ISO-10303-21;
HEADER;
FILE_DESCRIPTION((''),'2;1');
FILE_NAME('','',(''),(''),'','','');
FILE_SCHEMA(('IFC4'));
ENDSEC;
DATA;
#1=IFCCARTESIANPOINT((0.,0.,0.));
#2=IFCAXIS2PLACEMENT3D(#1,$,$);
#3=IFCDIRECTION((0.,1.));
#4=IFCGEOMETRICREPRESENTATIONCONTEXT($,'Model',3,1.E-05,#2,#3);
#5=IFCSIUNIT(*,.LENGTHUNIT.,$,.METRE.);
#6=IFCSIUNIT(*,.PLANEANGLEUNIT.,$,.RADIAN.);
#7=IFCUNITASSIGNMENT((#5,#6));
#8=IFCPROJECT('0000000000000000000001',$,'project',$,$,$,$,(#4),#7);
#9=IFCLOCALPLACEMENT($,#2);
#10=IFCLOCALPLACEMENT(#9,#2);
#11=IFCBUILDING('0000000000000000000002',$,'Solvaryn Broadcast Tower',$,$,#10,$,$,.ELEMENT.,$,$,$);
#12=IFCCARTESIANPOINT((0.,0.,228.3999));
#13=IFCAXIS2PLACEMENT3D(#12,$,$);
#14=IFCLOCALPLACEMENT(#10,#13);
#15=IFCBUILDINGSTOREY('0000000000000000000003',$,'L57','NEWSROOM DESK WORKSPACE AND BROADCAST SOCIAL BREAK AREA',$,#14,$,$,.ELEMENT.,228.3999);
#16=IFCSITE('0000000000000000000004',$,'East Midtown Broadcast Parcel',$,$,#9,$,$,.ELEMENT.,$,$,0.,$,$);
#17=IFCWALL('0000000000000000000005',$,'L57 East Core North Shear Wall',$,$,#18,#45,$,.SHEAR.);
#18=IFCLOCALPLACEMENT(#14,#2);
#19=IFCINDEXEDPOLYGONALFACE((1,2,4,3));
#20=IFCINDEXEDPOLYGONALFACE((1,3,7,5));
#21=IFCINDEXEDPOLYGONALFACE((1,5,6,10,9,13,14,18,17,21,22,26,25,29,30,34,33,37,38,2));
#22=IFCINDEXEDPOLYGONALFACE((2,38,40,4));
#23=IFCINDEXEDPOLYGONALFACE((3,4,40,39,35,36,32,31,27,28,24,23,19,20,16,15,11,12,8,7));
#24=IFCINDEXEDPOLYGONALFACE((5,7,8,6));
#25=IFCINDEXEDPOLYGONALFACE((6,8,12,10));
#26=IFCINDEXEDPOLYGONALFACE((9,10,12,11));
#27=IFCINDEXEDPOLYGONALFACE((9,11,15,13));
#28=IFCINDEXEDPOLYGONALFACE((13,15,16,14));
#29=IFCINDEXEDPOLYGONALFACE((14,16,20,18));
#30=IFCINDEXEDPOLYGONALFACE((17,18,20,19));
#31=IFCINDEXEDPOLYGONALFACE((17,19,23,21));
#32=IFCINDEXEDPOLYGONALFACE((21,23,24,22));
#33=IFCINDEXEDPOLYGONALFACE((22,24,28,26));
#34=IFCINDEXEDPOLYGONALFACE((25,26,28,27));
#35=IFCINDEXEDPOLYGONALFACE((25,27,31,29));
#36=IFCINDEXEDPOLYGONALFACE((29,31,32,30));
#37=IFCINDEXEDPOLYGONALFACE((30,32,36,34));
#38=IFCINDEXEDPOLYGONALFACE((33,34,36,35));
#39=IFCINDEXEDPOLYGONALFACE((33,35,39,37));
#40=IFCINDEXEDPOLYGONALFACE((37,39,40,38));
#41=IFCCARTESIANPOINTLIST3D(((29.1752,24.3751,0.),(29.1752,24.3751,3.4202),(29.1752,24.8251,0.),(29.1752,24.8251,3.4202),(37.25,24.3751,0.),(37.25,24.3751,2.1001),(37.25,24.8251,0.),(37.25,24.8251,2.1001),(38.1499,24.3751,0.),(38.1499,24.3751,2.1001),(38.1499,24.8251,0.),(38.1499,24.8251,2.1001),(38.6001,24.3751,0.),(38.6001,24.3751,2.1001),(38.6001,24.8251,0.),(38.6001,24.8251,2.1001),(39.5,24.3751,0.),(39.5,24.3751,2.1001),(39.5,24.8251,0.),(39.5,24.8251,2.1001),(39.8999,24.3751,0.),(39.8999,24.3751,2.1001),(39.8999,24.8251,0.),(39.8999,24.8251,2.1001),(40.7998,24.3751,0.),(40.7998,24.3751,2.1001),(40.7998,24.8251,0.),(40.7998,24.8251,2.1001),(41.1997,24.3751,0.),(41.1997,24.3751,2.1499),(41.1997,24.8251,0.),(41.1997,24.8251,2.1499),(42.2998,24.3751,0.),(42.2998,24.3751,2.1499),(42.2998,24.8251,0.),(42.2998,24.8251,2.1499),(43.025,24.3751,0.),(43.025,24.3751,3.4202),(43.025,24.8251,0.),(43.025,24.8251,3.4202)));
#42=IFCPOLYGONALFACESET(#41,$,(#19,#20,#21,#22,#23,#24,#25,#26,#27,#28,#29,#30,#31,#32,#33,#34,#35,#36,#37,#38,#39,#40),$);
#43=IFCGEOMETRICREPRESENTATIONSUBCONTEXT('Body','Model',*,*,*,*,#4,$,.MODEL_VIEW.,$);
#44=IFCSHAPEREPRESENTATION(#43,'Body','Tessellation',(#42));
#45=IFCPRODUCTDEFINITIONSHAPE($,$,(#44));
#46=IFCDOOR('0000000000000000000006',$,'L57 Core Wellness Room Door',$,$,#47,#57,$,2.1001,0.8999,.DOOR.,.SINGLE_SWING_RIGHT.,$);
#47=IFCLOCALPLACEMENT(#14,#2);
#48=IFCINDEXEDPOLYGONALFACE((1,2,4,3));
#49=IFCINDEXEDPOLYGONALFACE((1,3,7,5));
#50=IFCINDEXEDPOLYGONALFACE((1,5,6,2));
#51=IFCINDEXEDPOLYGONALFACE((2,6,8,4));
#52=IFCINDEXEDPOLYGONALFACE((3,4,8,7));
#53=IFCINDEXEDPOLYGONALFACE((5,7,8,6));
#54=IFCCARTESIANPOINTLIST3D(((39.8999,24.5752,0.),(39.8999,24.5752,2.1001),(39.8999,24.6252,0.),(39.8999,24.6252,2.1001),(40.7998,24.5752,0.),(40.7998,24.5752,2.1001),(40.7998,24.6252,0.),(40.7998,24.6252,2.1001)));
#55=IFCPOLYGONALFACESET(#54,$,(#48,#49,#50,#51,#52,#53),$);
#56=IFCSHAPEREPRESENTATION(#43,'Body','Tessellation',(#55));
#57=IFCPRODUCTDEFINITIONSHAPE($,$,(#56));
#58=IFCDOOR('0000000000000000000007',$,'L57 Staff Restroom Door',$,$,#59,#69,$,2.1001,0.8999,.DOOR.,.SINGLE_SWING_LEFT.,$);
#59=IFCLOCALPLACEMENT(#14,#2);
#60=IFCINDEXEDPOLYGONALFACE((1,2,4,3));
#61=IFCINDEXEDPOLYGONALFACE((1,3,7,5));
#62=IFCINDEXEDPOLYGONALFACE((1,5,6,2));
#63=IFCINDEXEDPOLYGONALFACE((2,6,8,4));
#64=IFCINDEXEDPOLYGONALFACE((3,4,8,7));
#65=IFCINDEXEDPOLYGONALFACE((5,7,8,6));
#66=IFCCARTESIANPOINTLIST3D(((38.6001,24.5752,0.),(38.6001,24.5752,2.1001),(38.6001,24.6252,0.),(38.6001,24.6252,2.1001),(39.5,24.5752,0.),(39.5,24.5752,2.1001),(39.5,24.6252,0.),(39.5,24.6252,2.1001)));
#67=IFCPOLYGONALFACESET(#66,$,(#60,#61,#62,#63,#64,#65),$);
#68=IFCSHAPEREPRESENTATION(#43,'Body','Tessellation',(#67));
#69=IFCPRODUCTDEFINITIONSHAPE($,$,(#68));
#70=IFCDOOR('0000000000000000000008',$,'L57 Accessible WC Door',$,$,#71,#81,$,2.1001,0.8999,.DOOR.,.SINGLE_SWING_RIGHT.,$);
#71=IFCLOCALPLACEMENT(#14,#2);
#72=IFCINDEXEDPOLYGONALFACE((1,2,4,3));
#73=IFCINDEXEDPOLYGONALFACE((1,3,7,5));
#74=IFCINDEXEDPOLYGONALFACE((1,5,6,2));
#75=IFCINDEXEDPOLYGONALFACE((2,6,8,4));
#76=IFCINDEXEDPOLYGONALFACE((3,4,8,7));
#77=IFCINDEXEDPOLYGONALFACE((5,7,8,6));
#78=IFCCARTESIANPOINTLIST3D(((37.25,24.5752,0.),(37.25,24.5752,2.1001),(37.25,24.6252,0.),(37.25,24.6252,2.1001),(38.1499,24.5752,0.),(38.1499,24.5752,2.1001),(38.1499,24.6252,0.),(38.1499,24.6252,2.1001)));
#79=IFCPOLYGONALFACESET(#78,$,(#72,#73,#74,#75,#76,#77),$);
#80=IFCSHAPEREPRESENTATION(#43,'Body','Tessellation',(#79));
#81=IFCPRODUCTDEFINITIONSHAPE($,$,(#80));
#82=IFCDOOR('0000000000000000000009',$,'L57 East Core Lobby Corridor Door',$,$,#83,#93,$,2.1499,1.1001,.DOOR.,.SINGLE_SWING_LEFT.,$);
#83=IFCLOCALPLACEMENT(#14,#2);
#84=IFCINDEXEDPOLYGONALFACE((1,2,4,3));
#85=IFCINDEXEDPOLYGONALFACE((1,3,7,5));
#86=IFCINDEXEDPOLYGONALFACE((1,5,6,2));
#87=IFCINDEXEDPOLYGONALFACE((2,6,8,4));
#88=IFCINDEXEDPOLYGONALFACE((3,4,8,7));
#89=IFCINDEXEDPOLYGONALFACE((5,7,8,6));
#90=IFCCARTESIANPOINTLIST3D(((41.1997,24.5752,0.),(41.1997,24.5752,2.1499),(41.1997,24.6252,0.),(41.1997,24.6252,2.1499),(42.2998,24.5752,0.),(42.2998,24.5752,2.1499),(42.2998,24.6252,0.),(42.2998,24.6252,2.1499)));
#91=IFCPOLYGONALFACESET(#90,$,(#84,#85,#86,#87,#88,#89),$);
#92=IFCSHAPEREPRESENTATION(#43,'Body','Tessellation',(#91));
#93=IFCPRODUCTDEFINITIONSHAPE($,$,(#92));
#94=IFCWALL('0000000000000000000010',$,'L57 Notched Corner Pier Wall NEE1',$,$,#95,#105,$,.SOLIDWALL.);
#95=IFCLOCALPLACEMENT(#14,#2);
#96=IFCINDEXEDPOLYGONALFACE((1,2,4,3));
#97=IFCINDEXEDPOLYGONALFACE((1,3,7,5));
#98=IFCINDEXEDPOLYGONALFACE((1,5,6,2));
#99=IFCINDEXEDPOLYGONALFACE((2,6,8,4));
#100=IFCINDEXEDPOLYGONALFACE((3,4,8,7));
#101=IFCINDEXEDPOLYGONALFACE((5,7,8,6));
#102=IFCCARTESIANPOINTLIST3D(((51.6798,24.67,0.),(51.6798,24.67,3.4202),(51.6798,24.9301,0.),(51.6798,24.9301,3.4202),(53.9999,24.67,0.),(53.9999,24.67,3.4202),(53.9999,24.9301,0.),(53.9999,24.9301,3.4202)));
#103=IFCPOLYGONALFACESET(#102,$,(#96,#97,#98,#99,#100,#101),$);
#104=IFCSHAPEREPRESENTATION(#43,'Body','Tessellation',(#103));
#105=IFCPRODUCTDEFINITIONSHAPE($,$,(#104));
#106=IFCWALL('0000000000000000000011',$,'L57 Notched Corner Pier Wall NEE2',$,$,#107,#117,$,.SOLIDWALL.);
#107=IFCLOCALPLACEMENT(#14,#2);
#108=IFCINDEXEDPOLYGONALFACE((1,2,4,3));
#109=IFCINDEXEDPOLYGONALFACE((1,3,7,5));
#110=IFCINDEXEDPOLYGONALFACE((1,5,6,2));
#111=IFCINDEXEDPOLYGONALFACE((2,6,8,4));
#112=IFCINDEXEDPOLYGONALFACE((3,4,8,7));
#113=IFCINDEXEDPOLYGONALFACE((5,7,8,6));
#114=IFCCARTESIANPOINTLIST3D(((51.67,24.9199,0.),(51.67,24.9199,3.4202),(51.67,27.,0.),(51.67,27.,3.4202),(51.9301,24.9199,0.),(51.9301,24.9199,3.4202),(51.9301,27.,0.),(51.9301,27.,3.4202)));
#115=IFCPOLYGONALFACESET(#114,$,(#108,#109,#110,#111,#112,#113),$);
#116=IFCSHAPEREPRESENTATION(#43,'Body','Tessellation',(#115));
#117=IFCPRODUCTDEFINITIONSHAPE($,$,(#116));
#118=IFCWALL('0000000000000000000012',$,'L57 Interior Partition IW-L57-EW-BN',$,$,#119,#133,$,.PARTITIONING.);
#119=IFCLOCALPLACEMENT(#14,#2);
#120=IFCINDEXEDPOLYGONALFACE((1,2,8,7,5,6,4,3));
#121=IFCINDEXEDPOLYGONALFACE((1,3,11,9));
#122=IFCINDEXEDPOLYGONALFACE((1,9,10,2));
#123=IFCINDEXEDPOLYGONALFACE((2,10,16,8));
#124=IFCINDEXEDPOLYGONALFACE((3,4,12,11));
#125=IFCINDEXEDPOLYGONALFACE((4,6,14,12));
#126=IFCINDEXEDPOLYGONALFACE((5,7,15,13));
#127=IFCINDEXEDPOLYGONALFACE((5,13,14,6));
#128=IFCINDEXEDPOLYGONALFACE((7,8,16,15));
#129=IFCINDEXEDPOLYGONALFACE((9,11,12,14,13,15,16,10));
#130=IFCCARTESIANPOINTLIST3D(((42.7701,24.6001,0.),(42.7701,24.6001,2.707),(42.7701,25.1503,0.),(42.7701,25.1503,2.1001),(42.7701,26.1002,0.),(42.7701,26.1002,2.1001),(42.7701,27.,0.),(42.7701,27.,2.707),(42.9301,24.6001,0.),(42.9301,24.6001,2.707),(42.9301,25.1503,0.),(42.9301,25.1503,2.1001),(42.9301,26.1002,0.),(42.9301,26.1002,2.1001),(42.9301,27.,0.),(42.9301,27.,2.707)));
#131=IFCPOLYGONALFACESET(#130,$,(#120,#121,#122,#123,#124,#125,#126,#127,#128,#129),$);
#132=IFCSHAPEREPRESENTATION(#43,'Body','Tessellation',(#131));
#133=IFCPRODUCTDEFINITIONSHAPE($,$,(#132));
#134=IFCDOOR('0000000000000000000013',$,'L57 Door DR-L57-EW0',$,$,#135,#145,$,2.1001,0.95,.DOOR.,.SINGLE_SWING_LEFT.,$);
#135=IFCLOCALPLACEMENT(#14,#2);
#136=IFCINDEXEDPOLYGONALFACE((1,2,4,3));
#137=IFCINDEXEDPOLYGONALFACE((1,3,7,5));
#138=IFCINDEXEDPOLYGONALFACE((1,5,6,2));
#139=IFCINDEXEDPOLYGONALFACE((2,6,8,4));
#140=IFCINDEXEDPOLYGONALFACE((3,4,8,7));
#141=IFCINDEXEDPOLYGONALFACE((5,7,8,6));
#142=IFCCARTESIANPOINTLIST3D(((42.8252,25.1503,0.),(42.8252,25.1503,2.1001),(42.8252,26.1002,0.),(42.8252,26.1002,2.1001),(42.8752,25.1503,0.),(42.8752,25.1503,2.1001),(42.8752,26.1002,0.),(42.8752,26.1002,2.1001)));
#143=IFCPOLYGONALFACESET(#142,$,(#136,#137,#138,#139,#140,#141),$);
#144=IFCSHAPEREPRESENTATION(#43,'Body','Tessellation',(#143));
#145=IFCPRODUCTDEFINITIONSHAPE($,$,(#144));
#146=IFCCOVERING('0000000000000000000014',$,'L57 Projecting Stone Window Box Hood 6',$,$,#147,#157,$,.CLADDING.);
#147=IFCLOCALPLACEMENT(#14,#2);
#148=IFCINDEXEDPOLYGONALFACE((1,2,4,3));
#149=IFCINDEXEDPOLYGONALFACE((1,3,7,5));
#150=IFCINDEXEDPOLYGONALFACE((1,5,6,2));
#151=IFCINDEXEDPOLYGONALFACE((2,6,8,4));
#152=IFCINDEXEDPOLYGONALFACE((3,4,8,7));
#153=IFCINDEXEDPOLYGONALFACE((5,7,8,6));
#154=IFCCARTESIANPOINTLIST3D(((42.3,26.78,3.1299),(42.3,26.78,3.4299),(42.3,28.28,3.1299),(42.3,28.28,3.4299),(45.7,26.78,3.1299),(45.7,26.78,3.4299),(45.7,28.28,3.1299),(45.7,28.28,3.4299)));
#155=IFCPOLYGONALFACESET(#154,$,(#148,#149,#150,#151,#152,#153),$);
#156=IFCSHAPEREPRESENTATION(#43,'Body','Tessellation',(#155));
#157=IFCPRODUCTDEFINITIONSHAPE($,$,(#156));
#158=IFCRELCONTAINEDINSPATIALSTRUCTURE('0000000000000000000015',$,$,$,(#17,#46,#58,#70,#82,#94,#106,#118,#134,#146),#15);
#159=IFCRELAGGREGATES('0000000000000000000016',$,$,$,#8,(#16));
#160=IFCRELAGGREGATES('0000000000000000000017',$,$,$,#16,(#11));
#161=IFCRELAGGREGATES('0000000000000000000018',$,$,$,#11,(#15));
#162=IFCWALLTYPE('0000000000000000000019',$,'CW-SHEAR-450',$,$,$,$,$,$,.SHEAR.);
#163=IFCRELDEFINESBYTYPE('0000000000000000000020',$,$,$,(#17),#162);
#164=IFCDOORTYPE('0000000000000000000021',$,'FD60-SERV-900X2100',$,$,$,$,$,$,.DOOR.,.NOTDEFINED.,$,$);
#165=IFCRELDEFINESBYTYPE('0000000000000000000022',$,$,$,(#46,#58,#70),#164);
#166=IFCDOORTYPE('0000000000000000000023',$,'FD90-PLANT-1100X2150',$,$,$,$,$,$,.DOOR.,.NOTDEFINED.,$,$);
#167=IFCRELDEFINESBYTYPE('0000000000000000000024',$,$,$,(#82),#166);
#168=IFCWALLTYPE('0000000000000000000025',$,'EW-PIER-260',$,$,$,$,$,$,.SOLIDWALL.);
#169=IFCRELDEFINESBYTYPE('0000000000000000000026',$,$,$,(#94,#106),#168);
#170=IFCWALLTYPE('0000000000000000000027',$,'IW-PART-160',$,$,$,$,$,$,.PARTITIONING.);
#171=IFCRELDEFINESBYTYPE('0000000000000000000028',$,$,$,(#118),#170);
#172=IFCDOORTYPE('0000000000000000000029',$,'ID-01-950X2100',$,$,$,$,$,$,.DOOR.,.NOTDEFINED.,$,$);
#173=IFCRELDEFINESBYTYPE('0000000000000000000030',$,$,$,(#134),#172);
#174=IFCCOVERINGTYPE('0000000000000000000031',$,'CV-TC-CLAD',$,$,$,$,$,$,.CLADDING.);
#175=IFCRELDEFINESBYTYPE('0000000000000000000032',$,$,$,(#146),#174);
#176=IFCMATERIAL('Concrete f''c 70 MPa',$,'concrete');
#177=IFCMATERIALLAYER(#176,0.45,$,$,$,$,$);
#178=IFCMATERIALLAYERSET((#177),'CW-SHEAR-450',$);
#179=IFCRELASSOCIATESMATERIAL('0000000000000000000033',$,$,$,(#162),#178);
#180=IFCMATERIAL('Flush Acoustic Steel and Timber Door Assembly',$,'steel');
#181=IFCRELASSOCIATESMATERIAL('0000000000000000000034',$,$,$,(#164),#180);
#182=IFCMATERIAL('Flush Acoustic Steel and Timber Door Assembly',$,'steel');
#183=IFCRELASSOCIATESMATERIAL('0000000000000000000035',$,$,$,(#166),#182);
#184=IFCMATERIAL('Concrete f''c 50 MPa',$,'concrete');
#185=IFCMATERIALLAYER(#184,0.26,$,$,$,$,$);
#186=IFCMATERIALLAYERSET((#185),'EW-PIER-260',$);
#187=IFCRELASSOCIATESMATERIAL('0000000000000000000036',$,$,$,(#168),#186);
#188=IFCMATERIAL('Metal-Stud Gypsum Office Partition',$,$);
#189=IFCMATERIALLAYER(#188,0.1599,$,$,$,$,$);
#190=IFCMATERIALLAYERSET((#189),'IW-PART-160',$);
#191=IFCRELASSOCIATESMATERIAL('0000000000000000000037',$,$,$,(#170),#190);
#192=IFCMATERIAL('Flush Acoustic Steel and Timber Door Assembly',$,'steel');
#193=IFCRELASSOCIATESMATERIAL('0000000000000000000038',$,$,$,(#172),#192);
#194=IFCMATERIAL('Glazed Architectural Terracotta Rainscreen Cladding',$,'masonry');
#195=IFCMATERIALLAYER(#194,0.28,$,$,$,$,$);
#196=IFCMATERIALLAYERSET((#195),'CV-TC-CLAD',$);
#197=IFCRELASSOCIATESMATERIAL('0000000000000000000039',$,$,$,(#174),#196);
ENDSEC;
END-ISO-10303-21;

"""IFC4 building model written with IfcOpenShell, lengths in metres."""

from ifc_helpers import new_model, si_unit, direction, frame, frame_2d, origin, origin_2d, place, context, subcontext, project, spatial, rectangle, extrude, material, layer, layer_set, type_object, element, fill, save


model = new_model("IFC4")

# Units and contexts
model_context = context("Model", 3, precision=1e-05, world=origin(), true_north=direction((0.0, 1.0)))
body_context = subcontext(model_context, "Body", "Model", "MODEL_VIEW")
ifc_project = project(units=[si_unit("LENGTHUNIT", "METRE"), si_unit("PLANEANGLEUNIT", "RADIAN")], contexts=[model_context])

# Site, building, storey
site_placement = place(None, origin())
site = spatial("IfcSite", under=ifc_project, at=site_placement, Name="East Midtown Broadcast Parcel", CompositionType="ELEMENT", RefElevation=0.0)
building_placement = place(site_placement, origin())
building = spatial("IfcBuilding", under=site, at=building_placement, Name="Solvaryn Broadcast Tower", CompositionType="ELEMENT")
storey_placement = place(building_placement, frame((0.0, 0.0, 228.3999)))
storey = spatial("IfcBuildingStorey", under=building, at=storey_placement, Name="L57", Description="NEWSROOM DESK WORKSPACE AND BROADCAST SOCIAL BREAK AREA", CompositionType="ELEMENT", Elevation=228.3999)

# Wall, openings, doors
ifc_material_1 = material(Name="Concrete f'c 70 MPa", Category="concrete")
ifc_layer_1 = layer(ifc_material_1, 0.45)
ifc_layer_set_1 = layer_set([ifc_layer_1], Name="CW-SHEAR-450")
wall_type_1 = type_object("IfcWallType", Name="CW-SHEAR-450", PredefinedType="SHEAR", material=ifc_layer_set_1)
wall_1_placement = place(storey_placement, frame((43.0249, 24.6001, 0.0), z_axis=(0.0, 0.0, 1.0), x_axis=(-1.0, 0.0, 0.0)))
wall_1 = element("IfcWall", 1, at=wall_1_placement, inside=storey, type_object=wall_type_1, Name="L57 East Core North Shear Wall", PredefinedType="SHEAR", context=body_context, shape_type="SweptSolid", body=[
    extrude(rectangle(XDim=13.8499, YDim=0.45, at=frame_2d((6.9248, 0.0))), origin(), (0.0, 0.0, 1.0), 3.4202),
])
opening_1_placement = place(wall_1_placement, frame((0.7251, 0.0, 0.0)))
opening_1 = element("IfcOpeningElement", 2, at=opening_1_placement, cuts=wall_1, PredefinedType="OPENING", context=body_context, shape_type="SweptSolid", body=[
    extrude(rectangle(XDim=1.1001, YDim=2.1499, at=frame_2d((0.55, 1.075))), frame((0.0, 0.2351, 0.0), z_axis=(0.0, -1.0, 0.0), x_axis=(1.0, 0.0, 0.0)), (0.0, 0.0, 1.0), 0.47),
])
opening_2_placement = place(wall_1_placement, frame((2.2251, 0.0, 0.0)))
opening_2 = element("IfcOpeningElement", 3, at=opening_2_placement, cuts=wall_1, PredefinedType="OPENING", context=body_context, shape_type="SweptSolid", body=[
    extrude(rectangle(XDim=0.8999, YDim=2.1001, at=frame_2d((0.45, 1.05))), frame((0.0, 0.2351, 0.0), z_axis=(0.0, -1.0, 0.0), x_axis=(1.0, 0.0, 0.0)), (0.0, 0.0, 1.0), 0.47),
])
opening_3_placement = place(wall_1_placement, frame((3.5249, 0.0, 0.0)))
opening_3 = element("IfcOpeningElement", 4, at=opening_3_placement, cuts=wall_1, PredefinedType="OPENING", context=body_context, shape_type="SweptSolid", body=[
    extrude(rectangle(XDim=0.8999, YDim=2.1001, at=frame_2d((0.45, 1.05))), frame((0.0, 0.2351, 0.0), z_axis=(0.0, -1.0, 0.0), x_axis=(1.0, 0.0, 0.0)), (0.0, 0.0, 1.0), 0.47),
])
opening_4_placement = place(wall_1_placement, frame((4.875, 0.0, 0.0)))
opening_4 = element("IfcOpeningElement", 5, at=opening_4_placement, cuts=wall_1, PredefinedType="OPENING", context=body_context, shape_type="SweptSolid", body=[
    extrude(rectangle(XDim=0.8999, YDim=2.1001, at=frame_2d((0.45, 1.05))), frame((0.0, 0.2351, 0.0), z_axis=(0.0, -1.0, 0.0), x_axis=(1.0, 0.0, 0.0)), (0.0, 0.0, 1.0), 0.47),
])
ifc_material_2 = material(Name="Flush Acoustic Steel and Timber Door Assembly", Category="steel")
door_type_1 = type_object("IfcDoorType", Name="FD60-SERV-900X2100", OperationType="NOTDEFINED", PredefinedType="DOOR", material=ifc_material_2)
door_1_placement = place(opening_2_placement, origin())
door_1 = element("IfcDoor", 6, at=door_1_placement, inside=storey, type_object=door_type_1, Name="L57 Core Wellness Room Door", OperationType="SINGLE_SWING_RIGHT", OverallHeight=2.1001, OverallWidth=0.8999, PredefinedType="DOOR", context=body_context, shape_type="SweptSolid", body=[
    extrude(rectangle(XDim=0.8999, YDim=2.1001, at=frame_2d((0.45, 1.05))), frame((0.0, 0.0249, 0.0), z_axis=(0.0, -1.0, 0.0), x_axis=(1.0, 0.0, 0.0)), (0.0, 0.0, 1.0), 0.05),
])
fill(opening_2, door_1)
door_2_placement = place(opening_3_placement, origin())
door_2 = element("IfcDoor", 7, at=door_2_placement, inside=storey, type_object=door_type_1, Name="L57 Staff Restroom Door", OperationType="SINGLE_SWING_LEFT", OverallHeight=2.1001, OverallWidth=0.8999, PredefinedType="DOOR", context=body_context, shape_type="SweptSolid", body=[
    extrude(rectangle(XDim=0.8999, YDim=2.1001, at=frame_2d((0.45, 1.05))), frame((0.0, 0.0249, 0.0), z_axis=(0.0, -1.0, 0.0), x_axis=(1.0, 0.0, 0.0)), (0.0, 0.0, 1.0), 0.05),
])
fill(opening_3, door_2)
door_3_placement = place(opening_4_placement, origin())
door_3 = element("IfcDoor", 8, at=door_3_placement, inside=storey, type_object=door_type_1, Name="L57 Accessible WC Door", OperationType="SINGLE_SWING_RIGHT", OverallHeight=2.1001, OverallWidth=0.8999, PredefinedType="DOOR", context=body_context, shape_type="SweptSolid", body=[
    extrude(rectangle(XDim=0.8999, YDim=2.1001, at=frame_2d((0.45, 1.05))), frame((0.0, 0.0249, 0.0), z_axis=(0.0, -1.0, 0.0), x_axis=(1.0, 0.0, 0.0)), (0.0, 0.0, 1.0), 0.05),
])
fill(opening_4, door_3)
ifc_material_3 = material(Name="Flush Acoustic Steel and Timber Door Assembly", Category="steel")
door_type_2 = type_object("IfcDoorType", Name="FD90-PLANT-1100X2150", OperationType="NOTDEFINED", PredefinedType="DOOR", material=ifc_material_3)
door_4_placement = place(opening_1_placement, origin())
door_4 = element("IfcDoor", 9, at=door_4_placement, inside=storey, type_object=door_type_2, Name="L57 East Core Lobby Corridor Door", OperationType="SINGLE_SWING_LEFT", OverallHeight=2.1499, OverallWidth=1.1001, PredefinedType="DOOR", context=body_context, shape_type="SweptSolid", body=[
    extrude(rectangle(XDim=1.1001, YDim=2.1499, at=frame_2d((0.55, 1.075))), frame((0.0, 0.0249, 0.0), z_axis=(0.0, -1.0, 0.0), x_axis=(1.0, 0.0, 0.0)), (0.0, 0.0, 1.0), 0.05),
])
fill(opening_1, door_4)

# Walls
ifc_material_4 = material(Name="Concrete f'c 50 MPa", Category="concrete")
ifc_layer_2 = layer(ifc_material_4, 0.26)
ifc_layer_set_2 = layer_set([ifc_layer_2], Name="EW-PIER-260")
wall_type_2 = type_object("IfcWallType", Name="EW-PIER-260", PredefinedType="SOLIDWALL", material=ifc_layer_set_2)
wall_2_placement = place(storey_placement, frame((54.0, 24.8, 0.0), z_axis=(0.0, 0.0, 1.0), x_axis=(-1.0, 0.0, 0.0)))
element("IfcWall", 10, at=wall_2_placement, inside=storey, type_object=wall_type_2, Name="L57 Notched Corner Pier Wall NEE1", PredefinedType="SOLIDWALL", context=body_context, shape_type="SweptSolid", body=[
    extrude(rectangle(XDim=2.3201, YDim=0.26, at=frame_2d((1.1602, 0.0))), origin(), (0.0, 0.0, 1.0), 3.4202),
])
wall_3_placement = place(storey_placement, frame((51.8, 24.9199, 0.0), z_axis=(0.0, 0.0, 1.0), x_axis=(0.0, 1.0, 0.0)))
element("IfcWall", 11, at=wall_3_placement, inside=storey, type_object=wall_type_2, Name="L57 Notched Corner Pier Wall NEE2", PredefinedType="SOLIDWALL", context=body_context, shape_type="SweptSolid", body=[
    extrude(rectangle(XDim=2.0801, YDim=0.26, at=frame_2d((1.04, 0.0))), origin(), (0.0, 0.0, 1.0), 3.4202),
])

# Wall, opening, door
ifc_material_5 = material(Name="Metal-Stud Gypsum Office Partition")
ifc_layer_3 = layer(ifc_material_5, 0.1599)
ifc_layer_set_3 = layer_set([ifc_layer_3], Name="IW-PART-160")
wall_type_3 = type_object("IfcWallType", Name="IW-PART-160", PredefinedType="PARTITIONING", material=ifc_layer_set_3)
wall_4_placement = place(storey_placement, frame((42.8501, 24.6001, 0.0), z_axis=(0.0, 0.0, 1.0), x_axis=(0.0, 1.0, 0.0)))
wall_4 = element("IfcWall", 12, at=wall_4_placement, inside=storey, type_object=wall_type_3, Name="L57 Interior Partition IW-L57-EW-BN", PredefinedType="PARTITIONING", context=body_context, shape_type="SweptSolid", body=[
    extrude(rectangle(XDim=2.3999, YDim=0.1599, at=frame_2d((1.2, 0.0))), origin(), (0.0, 0.0, 1.0), 2.707),
])
opening_5_placement = place(wall_4_placement, frame((0.55, 0.0, 0.0)))
opening_5 = element("IfcOpeningElement", 13, at=opening_5_placement, cuts=wall_4, PredefinedType="OPENING", context=body_context, shape_type="SweptSolid", body=[
    extrude(rectangle(XDim=0.95, YDim=2.1001, at=frame_2d((0.4751, 1.05))), frame((0.0, 0.0901, 0.0), z_axis=(0.0, -1.0, 0.0), x_axis=(1.0, 0.0, 0.0)), (0.0, 0.0, 1.0), 0.1799),
])
ifc_material_6 = material(Name="Flush Acoustic Steel and Timber Door Assembly", Category="steel")
door_type_3 = type_object("IfcDoorType", Name="ID-01-950X2100", OperationType="NOTDEFINED", PredefinedType="DOOR", material=ifc_material_6)
door_5_placement = place(opening_5_placement, origin())
door_5 = element("IfcDoor", 14, at=door_5_placement, inside=storey, type_object=door_type_3, Name="L57 Door DR-L57-EW0", OperationType="SINGLE_SWING_LEFT", OverallHeight=2.1001, OverallWidth=0.95, PredefinedType="DOOR", context=body_context, shape_type="SweptSolid", body=[
    extrude(rectangle(XDim=0.95, YDim=2.1001, at=frame_2d((0.4751, 1.05))), frame((0.0, 0.0249, 0.0), z_axis=(0.0, -1.0, 0.0), x_axis=(1.0, 0.0, 0.0)), (0.0, 0.0, 1.0), 0.05),
])
fill(opening_5, door_5)

# Covering
ifc_material_7 = material(Name="Glazed Architectural Terracotta Rainscreen Cladding", Category="masonry")
ifc_layer_4 = layer(ifc_material_7, 0.28)
ifc_layer_set_4 = layer_set([ifc_layer_4], Name="CV-TC-CLAD")
covering_type_1 = type_object("IfcCoveringType", Name="CV-TC-CLAD", PredefinedType="CLADDING", material=ifc_layer_set_4)
for number, where, z_axis, x_axis, name in (
    (15, (44.0, 27.53, 3.1299), (0.0, 0.0, 1.0), (1.0, 0.0, 0.0), "L57 Projecting Stone Window Box Hood 6"),
):
    element("IfcCovering", number, at=place(storey_placement, frame(where, z_axis=z_axis, x_axis=x_axis)), inside=storey, type_object=covering_type_1, Name=name, PredefinedType="CLADDING", context=body_context, shape_type="SweptSolid", body=[
        extrude(rectangle(XDim=3.3999, YDim=1.5, at=origin_2d()), origin(), (0.0, 0.0, 1.0), 0.3),
    ])

save(model, "model.ifc")
